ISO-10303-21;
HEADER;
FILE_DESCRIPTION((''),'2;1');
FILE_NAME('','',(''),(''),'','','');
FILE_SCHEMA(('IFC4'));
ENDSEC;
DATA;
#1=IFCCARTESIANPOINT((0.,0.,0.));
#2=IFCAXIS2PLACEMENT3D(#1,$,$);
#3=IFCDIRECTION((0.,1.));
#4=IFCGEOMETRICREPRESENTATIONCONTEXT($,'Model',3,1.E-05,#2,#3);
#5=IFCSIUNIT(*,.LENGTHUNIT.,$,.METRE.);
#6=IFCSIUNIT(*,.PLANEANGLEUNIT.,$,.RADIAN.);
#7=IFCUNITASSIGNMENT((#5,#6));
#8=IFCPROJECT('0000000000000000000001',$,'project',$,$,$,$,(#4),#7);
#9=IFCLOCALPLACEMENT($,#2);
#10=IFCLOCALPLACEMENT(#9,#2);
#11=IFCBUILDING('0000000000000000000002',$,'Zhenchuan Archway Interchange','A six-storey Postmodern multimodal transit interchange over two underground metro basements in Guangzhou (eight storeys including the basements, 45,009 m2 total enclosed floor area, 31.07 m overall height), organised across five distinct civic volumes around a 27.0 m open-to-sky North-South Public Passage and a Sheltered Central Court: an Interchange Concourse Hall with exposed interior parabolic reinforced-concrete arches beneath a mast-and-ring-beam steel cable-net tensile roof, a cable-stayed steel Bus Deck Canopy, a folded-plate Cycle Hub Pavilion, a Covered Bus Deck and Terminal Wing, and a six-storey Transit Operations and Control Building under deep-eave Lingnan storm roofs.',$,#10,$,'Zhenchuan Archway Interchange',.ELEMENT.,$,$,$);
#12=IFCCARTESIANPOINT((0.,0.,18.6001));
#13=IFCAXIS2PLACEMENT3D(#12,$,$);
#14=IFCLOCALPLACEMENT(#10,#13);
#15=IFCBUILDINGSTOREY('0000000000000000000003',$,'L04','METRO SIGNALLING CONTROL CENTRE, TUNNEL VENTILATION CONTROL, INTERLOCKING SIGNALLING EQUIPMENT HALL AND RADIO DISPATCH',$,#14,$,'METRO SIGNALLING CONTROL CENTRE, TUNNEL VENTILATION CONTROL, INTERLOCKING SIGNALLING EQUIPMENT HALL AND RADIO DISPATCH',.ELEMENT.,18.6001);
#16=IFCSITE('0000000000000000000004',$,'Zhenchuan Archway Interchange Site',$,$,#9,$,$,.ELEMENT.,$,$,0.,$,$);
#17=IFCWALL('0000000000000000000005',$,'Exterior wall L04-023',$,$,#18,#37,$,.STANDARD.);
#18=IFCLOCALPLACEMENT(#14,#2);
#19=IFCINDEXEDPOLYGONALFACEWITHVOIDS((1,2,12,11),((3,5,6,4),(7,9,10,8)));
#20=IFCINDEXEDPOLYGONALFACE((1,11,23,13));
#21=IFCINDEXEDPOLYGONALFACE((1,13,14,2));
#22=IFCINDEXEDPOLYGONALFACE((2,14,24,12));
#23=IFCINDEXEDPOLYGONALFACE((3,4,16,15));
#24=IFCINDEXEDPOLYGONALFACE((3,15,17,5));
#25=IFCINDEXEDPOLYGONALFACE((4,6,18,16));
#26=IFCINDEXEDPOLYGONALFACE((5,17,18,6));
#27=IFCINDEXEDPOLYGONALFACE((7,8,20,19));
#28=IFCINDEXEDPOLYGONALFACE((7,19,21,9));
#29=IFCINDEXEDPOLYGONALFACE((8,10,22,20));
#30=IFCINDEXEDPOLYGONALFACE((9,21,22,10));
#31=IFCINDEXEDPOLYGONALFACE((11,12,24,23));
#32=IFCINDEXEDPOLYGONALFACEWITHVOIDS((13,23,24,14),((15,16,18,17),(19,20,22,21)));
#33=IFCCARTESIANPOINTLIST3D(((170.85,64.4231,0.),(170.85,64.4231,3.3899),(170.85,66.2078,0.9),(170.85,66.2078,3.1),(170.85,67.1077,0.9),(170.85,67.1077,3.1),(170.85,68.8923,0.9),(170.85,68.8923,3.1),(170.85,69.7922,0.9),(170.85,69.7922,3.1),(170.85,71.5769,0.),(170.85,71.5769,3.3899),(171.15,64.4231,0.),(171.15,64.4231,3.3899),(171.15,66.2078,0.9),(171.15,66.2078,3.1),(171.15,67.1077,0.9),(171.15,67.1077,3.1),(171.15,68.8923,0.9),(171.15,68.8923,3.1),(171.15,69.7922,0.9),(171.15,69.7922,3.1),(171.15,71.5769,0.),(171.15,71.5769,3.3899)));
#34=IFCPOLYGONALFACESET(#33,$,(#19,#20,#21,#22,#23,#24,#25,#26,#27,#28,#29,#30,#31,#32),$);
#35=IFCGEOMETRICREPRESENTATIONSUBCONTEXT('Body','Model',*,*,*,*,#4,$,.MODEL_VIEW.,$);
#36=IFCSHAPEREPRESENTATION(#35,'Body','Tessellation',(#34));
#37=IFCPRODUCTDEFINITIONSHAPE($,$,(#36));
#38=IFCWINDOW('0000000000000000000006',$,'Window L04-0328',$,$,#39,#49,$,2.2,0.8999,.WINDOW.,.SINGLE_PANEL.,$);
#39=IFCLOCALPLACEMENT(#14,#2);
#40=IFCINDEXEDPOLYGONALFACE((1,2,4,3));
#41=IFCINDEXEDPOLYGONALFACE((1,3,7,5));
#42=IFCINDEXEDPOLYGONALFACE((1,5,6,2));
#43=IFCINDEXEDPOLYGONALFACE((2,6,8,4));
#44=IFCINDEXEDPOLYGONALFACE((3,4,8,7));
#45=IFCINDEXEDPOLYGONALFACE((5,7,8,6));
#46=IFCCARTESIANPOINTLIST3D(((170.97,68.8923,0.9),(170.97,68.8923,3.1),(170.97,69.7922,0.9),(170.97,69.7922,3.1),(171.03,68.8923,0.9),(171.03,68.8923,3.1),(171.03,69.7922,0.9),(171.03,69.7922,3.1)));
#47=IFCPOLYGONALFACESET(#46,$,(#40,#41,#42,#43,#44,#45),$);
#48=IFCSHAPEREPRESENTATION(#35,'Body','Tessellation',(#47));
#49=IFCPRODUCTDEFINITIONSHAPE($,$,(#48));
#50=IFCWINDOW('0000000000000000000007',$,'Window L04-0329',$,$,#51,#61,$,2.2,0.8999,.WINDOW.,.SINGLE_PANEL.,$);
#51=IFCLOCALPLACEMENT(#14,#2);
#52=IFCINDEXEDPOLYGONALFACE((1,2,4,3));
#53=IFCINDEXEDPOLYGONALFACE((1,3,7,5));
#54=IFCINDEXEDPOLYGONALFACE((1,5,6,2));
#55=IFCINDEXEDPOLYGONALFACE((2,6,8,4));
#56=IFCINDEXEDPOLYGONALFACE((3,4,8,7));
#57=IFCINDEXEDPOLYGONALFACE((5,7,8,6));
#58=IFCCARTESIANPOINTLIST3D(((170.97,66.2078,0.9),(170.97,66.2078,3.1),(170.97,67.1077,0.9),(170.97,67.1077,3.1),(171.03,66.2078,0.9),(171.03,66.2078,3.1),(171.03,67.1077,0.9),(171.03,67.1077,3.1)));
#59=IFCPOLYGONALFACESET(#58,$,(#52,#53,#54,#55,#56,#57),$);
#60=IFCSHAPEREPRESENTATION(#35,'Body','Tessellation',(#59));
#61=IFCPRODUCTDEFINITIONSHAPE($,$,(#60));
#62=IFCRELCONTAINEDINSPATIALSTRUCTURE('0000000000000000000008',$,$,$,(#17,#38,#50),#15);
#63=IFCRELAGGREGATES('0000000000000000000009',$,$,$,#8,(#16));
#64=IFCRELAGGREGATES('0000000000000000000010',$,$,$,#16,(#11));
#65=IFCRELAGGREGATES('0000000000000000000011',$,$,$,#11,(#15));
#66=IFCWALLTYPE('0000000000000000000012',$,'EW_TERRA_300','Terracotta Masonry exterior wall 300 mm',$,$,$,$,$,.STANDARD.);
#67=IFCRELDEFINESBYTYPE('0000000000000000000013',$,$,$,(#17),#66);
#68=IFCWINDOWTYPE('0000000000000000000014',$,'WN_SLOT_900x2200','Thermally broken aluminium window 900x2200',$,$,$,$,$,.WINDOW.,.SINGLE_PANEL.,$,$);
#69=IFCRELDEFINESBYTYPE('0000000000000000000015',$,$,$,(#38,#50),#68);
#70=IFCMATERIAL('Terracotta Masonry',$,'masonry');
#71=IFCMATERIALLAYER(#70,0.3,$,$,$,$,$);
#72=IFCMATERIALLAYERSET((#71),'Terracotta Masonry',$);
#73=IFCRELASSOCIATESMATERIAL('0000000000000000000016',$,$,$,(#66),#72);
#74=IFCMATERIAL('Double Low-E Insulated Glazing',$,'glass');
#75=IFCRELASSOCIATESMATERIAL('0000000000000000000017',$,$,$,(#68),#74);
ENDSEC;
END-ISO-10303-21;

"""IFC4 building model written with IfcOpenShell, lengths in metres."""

from ifc_helpers import new_model, si_unit, direction, frame, frame_2d, origin, place, context, subcontext, project, spatial, rectangle, extrude, material, layer, layer_set, type_object, element, fill, save


model = new_model("IFC4")

# Units and contexts
model_context = context("Model", 3, precision=1e-05, world=origin(), true_north=direction((0.0, 1.0)))
body_context = subcontext(model_context, "Body", "Model", "MODEL_VIEW")
ifc_project = project(units=[si_unit("LENGTHUNIT", "METRE"), si_unit("PLANEANGLEUNIT", "RADIAN")], contexts=[model_context])

# Site, building, storey
site_placement = place(None, origin())
site = spatial("IfcSite", under=ifc_project, at=site_placement, Name="Zhenchuan Archway Interchange Site", CompositionType="ELEMENT", RefElevation=0.0)
building_placement = place(site_placement, origin())
building = spatial("IfcBuilding", under=site, at=building_placement, Name="Zhenchuan Archway Interchange", Description="A six-storey Postmodern multimodal transit interchange over two underground metro basements in Guangzhou (eight storeys including the basements, 45,009 m2 total enclosed floor area, 31.07 m overall height), organised across five distinct civic volumes around a 27.0 m open-to-sky North-South Public Passage and a Sheltered Central Court: an Interchange Concourse Hall with exposed interior parabolic reinforced-concrete arches beneath a mast-and-ring-beam steel cable-net tensile roof, a cable-stayed steel Bus Deck Canopy, a folded-plate Cycle Hub Pavilion, a Covered Bus Deck and Terminal Wing, and a six-storey Transit Operations and Control Building under deep-eave Lingnan storm roofs.", LongName="Zhenchuan Archway Interchange", CompositionType="ELEMENT")
storey_placement = place(building_placement, frame((0.0, 0.0, 18.6001)))
storey = spatial("IfcBuildingStorey", under=building, at=storey_placement, Name="L04", Description="METRO SIGNALLING CONTROL CENTRE, TUNNEL VENTILATION CONTROL, INTERLOCKING SIGNALLING EQUIPMENT HALL AND RADIO DISPATCH", LongName="METRO SIGNALLING CONTROL CENTRE, TUNNEL VENTILATION CONTROL, INTERLOCKING SIGNALLING EQUIPMENT HALL AND RADIO DISPATCH", CompositionType="ELEMENT", Elevation=18.6001)

# Shared definitions
ifc_material_1 = material(Name="Double Low-E Insulated Glazing", Category="glass")

# Wall, openings, windows
ifc_material_2 = material(Name="Terracotta Masonry", Category="masonry")
ifc_layer_1 = layer(ifc_material_2, 0.3)
ifc_layer_set_1 = layer_set([ifc_layer_1], Name="Terracotta Masonry")
wall_type = type_object("IfcWallType", Name="EW_TERRA_300", Description="Terracotta Masonry exterior wall 300 mm", PredefinedType="STANDARD", material=ifc_layer_set_1)
wall_placement = place(storey_placement, frame((171.0, 71.5769, 0.0), z_axis=(0.0, 0.0, 1.0), x_axis=(0.0, -1.0, 0.0)))
wall = element("IfcWall", 1, at=wall_placement, inside=storey, type_object=wall_type, Name="Exterior wall L04-023", PredefinedType="STANDARD", context=body_context, shape_type="SweptSolid", body=[
    extrude(rectangle(XDim=7.1538, YDim=0.3, at=frame_2d((3.5769, 0.0))), origin(), (0.0, 0.0, 1.0), 3.3899),
])
opening_1_placement = place(wall_placement, frame((1.7847, 0.0, 0.8999)))
opening_1 = element("IfcOpeningElement", 2, at=opening_1_placement, cuts=wall, PredefinedType="OPENING", context=body_context, shape_type="SweptSolid", body=[
    extrude(rectangle(XDim=0.8999, YDim=2.2, at=frame_2d((0.45, 1.1001))), frame((0.0, 0.1621, 0.0), z_axis=(0.0, -1.0, 0.0), x_axis=(1.0, 0.0, 0.0)), (0.0, 0.0, 1.0), 0.324),
])
opening_2_placement = place(wall_placement, frame((4.4692, 0.0, 0.8999)))
opening_2 = element("IfcOpeningElement", 3, at=opening_2_placement, cuts=wall, PredefinedType="OPENING", context=body_context, shape_type="SweptSolid", body=[
    extrude(rectangle(XDim=0.8999, YDim=2.2, at=frame_2d((0.45, 1.1001))), frame((0.0, 0.1621, 0.0), z_axis=(0.0, -1.0, 0.0), x_axis=(1.0, 0.0, 0.0)), (0.0, 0.0, 1.0), 0.324),
])
window_type = type_object("IfcWindowType", Name="WN_SLOT_900x2200", Description="Thermally broken aluminium window 900x2200", PartitioningType="SINGLE_PANEL", PredefinedType="WINDOW", material=ifc_material_1)
window_1_placement = place(opening_1_placement, origin())
window_1 = element("IfcWindow", 4, at=window_1_placement, inside=storey, type_object=window_type, Name="Window L04-0328", OverallHeight=2.2, OverallWidth=0.8999, PartitioningType="SINGLE_PANEL", PredefinedType="WINDOW", context=body_context, shape_type="SweptSolid", body=[
    extrude(rectangle(XDim=0.8999, YDim=2.2, at=frame_2d((0.45, 1.1001))), frame((0.0, 0.03, 0.0), z_axis=(0.0, -1.0, 0.0), x_axis=(1.0, 0.0, 0.0)), (0.0, 0.0, 1.0), 0.0601),
])
fill(opening_1, window_1)
window_2_placement = place(opening_2_placement, origin())
window_2 = element("IfcWindow", 5, at=window_2_placement, inside=storey, type_object=window_type, Name="Window L04-0329", OverallHeight=2.2, OverallWidth=0.8999, PartitioningType="SINGLE_PANEL", PredefinedType="WINDOW", context=body_context, shape_type="SweptSolid", body=[
    extrude(rectangle(XDim=0.8999, YDim=2.2, at=frame_2d((0.45, 1.1001))), frame((0.0, 0.03, 0.0), z_axis=(0.0, -1.0, 0.0), x_axis=(1.0, 0.0, 0.0)), (0.0, 0.0, 1.0), 0.0601),
])
fill(opening_2, window_2)

save(model, "model.ifc")
